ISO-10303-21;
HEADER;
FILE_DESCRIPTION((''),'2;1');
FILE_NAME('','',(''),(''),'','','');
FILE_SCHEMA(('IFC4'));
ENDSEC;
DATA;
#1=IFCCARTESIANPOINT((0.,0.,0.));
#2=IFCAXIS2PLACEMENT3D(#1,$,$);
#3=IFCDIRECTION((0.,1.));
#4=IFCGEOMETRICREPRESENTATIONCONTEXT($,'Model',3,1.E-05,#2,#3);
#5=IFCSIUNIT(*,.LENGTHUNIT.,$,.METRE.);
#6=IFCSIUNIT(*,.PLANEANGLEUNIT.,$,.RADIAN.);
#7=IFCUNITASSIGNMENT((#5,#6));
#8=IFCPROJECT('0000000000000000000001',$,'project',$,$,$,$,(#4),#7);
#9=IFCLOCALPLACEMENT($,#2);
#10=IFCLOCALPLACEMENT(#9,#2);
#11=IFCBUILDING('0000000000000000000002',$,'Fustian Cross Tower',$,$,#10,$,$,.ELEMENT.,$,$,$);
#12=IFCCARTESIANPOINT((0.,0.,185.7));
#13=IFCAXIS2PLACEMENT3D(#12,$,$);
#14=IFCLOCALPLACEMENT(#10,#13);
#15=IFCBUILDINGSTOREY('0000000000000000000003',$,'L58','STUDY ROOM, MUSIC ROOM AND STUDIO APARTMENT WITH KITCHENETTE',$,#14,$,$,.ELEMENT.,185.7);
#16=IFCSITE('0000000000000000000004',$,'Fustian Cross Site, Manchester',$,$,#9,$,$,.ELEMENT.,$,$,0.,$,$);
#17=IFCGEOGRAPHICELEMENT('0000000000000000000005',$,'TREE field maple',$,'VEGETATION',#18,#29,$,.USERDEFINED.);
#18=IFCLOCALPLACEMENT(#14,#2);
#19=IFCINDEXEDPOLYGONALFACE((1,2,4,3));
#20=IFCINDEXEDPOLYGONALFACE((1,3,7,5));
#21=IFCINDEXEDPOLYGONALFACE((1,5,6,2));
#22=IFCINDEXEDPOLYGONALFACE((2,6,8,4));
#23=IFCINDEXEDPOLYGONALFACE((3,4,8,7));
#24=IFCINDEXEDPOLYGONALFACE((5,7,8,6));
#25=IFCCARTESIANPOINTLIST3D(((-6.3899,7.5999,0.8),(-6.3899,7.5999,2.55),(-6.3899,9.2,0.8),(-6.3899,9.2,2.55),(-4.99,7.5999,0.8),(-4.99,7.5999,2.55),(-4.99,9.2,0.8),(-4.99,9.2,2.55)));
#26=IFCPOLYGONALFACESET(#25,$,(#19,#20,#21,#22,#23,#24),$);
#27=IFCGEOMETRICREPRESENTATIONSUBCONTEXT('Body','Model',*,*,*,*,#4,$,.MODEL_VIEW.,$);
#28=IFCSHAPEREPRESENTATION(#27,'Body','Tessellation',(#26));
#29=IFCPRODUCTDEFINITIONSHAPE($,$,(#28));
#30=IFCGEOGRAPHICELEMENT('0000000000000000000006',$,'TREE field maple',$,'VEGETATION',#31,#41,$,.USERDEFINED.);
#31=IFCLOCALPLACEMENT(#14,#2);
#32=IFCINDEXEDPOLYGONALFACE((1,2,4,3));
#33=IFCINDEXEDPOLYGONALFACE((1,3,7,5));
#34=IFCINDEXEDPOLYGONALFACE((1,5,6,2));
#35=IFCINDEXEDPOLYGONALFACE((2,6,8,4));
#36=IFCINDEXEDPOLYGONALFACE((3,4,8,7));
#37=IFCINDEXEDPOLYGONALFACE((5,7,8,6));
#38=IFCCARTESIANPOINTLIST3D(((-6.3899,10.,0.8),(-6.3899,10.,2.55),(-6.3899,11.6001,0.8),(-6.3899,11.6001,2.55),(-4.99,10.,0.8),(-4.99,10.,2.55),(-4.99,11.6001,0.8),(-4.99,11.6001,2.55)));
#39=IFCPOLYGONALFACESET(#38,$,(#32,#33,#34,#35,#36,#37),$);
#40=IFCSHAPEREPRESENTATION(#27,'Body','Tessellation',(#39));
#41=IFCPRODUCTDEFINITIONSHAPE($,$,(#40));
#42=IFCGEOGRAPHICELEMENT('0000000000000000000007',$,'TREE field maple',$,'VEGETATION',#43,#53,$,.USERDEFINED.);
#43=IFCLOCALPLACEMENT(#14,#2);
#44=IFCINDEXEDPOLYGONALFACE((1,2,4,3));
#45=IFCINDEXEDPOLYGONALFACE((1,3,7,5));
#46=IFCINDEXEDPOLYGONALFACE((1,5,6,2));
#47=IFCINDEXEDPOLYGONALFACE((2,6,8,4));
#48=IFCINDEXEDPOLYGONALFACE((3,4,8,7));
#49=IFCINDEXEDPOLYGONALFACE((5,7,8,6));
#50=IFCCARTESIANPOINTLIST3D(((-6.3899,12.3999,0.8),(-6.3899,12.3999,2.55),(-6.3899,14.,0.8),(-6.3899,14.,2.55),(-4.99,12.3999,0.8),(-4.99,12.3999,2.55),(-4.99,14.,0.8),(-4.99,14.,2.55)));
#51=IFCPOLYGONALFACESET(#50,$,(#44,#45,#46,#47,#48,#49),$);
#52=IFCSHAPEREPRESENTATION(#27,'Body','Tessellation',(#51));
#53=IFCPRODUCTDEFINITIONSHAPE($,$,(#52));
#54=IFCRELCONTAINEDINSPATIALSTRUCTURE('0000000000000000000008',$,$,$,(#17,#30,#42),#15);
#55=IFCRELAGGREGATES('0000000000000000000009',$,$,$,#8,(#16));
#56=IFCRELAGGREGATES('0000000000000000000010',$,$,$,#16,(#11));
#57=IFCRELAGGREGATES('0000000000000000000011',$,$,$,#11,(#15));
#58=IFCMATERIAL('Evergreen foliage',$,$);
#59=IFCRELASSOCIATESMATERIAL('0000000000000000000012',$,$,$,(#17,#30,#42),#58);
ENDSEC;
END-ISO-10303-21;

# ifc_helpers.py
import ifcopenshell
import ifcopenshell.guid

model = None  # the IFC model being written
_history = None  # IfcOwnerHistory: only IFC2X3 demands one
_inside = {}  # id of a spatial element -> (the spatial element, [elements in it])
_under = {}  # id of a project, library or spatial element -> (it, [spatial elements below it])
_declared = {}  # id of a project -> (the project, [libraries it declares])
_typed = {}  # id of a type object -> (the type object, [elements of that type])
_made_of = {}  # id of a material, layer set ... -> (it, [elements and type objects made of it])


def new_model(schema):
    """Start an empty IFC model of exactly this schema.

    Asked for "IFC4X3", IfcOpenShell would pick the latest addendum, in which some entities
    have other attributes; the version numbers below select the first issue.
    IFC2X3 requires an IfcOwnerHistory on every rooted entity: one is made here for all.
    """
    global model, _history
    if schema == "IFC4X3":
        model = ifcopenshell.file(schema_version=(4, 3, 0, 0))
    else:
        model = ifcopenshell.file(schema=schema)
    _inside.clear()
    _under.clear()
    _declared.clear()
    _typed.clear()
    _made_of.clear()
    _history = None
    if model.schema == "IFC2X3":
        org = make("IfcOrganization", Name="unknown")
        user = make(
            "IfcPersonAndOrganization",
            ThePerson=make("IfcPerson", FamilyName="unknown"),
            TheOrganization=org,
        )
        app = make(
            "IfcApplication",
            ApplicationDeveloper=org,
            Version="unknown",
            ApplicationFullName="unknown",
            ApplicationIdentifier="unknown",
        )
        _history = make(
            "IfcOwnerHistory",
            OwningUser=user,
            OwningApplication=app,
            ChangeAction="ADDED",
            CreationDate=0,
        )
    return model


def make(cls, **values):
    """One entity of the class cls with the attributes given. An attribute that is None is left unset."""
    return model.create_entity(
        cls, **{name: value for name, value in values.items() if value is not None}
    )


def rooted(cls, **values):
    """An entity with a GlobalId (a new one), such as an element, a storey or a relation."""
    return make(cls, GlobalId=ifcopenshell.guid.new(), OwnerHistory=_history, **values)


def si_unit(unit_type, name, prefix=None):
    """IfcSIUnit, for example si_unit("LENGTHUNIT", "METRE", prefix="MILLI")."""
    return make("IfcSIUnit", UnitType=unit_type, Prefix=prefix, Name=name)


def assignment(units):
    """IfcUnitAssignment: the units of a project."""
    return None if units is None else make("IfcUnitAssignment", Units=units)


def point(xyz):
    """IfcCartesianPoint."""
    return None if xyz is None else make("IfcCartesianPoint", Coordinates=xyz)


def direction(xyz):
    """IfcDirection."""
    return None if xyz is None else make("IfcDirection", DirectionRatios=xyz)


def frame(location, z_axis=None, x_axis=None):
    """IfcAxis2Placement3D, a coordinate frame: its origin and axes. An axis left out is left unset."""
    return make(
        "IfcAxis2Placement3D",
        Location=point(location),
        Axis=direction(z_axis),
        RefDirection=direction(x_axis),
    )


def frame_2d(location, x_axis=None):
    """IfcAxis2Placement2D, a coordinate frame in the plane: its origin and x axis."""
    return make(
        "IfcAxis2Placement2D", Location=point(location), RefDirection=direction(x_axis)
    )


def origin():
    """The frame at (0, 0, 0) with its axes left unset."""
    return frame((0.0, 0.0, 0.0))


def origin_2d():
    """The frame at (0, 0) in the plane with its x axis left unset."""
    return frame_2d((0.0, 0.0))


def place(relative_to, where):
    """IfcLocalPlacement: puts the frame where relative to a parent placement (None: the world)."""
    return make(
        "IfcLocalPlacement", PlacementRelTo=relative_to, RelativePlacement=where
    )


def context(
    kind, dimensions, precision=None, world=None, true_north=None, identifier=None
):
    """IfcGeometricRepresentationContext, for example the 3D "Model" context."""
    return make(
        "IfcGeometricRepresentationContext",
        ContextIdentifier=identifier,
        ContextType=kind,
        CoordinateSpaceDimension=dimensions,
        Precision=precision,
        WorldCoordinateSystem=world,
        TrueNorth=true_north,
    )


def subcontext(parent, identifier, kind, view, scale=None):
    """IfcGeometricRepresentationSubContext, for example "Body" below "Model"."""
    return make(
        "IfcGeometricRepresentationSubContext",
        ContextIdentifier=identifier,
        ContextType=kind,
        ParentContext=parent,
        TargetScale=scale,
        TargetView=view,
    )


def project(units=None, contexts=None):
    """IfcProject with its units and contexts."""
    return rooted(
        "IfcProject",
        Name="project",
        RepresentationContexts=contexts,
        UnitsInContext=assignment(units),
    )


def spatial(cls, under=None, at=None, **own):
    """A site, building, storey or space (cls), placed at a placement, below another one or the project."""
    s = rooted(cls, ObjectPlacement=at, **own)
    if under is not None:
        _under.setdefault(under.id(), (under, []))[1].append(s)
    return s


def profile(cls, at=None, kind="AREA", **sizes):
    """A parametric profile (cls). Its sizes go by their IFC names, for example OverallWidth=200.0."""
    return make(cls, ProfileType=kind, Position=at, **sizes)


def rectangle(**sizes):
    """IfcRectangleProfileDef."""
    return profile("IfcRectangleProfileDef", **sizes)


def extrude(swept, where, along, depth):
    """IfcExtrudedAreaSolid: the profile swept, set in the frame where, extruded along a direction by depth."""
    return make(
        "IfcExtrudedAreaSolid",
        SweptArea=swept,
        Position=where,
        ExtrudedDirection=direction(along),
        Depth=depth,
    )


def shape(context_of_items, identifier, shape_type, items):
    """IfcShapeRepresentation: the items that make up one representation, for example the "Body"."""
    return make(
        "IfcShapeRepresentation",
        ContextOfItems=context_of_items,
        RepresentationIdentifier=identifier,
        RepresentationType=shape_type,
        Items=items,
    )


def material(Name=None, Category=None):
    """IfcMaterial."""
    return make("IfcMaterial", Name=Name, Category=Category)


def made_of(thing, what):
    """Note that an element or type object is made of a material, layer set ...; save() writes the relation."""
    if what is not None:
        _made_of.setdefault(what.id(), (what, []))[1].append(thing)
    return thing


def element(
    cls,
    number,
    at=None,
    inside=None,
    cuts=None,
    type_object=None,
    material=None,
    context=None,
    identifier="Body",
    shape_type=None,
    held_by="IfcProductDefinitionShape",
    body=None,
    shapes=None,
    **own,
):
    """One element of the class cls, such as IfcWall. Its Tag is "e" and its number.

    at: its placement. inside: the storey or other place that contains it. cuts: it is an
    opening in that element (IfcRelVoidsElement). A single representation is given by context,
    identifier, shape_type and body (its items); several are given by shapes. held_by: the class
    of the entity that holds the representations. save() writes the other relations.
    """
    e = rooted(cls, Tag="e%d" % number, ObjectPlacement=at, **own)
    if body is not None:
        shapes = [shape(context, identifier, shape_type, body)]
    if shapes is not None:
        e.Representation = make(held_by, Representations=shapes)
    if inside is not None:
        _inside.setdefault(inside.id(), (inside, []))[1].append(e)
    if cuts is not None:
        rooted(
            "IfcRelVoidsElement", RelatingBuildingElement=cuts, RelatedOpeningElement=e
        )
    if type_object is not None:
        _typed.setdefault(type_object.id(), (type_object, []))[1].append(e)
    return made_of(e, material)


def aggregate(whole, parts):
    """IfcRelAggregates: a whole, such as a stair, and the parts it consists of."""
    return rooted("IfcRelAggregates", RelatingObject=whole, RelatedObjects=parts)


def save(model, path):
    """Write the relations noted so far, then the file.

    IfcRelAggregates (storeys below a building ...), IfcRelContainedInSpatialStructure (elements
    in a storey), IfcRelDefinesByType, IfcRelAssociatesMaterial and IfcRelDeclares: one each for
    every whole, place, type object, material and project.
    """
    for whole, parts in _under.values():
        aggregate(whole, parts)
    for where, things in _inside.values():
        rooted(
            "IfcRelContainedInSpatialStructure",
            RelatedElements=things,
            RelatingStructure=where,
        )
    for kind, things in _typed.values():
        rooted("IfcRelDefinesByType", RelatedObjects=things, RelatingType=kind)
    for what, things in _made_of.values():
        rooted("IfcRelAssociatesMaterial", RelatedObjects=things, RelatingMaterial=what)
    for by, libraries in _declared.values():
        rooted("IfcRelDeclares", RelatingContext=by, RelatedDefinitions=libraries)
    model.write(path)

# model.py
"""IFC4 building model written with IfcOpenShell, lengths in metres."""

from ifc_helpers import new_model, si_unit, direction, frame, origin, origin_2d, place, context, subcontext, project, spatial, rectangle, extrude, material, element, save


model = new_model("IFC4")

# Units and contexts
model_context = context("Model", 3, precision=1e-05, world=origin(), true_north=direction((0.0, 1.0)))
body_context = subcontext(model_context, "Body", "Model", "MODEL_VIEW")
ifc_project = project(units=[si_unit("LENGTHUNIT", "METRE"), si_unit("PLANEANGLEUNIT", "RADIAN")], contexts=[model_context])

# Site, building, storey
site_placement = place(None, origin())
site = spatial("IfcSite", under=ifc_project, at=site_placement, Name="Fustian Cross Site, Manchester", CompositionType="ELEMENT", RefElevation=0.0)
building_placement = place(site_placement, origin())
building = spatial("IfcBuilding", under=site, at=building_placement, Name="Fustian Cross Tower", CompositionType="ELEMENT")
storey_placement = place(building_placement, frame((0.0, 0.0, 185.7)))
storey = spatial("IfcBuildingStorey", under=building, at=storey_placement, Name="L58", Description="STUDY ROOM, MUSIC ROOM AND STUDIO APARTMENT WITH KITCHENETTE", CompositionType="ELEMENT", Elevation=185.7)

# Geographic elements
ifc_material_1 = material(Name="Evergreen foliage")
for number, where, z_axis, x_axis, name in (
    (1, (-5.6899, 8.3999, 0.8), (0.0, 0.0, 1.0), (1.0, 0.0, 0.0), "TREE field maple"),
    (2, (-5.6899, 10.8, 0.8), (0.0, 0.0, 1.0), (1.0, 0.0, 0.0), "TREE field maple"),
    (3, (-5.6899, 13.2, 0.8), (0.0, 0.0, 1.0), (1.0, 0.0, 0.0), "TREE field maple"),
):
    element("IfcGeographicElement", number, at=place(storey_placement, frame(where, z_axis=z_axis, x_axis=x_axis)), inside=storey, material=ifc_material_1, Name=name, ObjectType="VEGETATION", PredefinedType="USERDEFINED", context=body_context, shape_type="SweptSolid", body=[
        extrude(rectangle(XDim=1.3999, YDim=1.6001, at=origin_2d()), origin(), (0.0, 0.0, 1.0), 1.75),
    ])

save(model, "model.ifc")
